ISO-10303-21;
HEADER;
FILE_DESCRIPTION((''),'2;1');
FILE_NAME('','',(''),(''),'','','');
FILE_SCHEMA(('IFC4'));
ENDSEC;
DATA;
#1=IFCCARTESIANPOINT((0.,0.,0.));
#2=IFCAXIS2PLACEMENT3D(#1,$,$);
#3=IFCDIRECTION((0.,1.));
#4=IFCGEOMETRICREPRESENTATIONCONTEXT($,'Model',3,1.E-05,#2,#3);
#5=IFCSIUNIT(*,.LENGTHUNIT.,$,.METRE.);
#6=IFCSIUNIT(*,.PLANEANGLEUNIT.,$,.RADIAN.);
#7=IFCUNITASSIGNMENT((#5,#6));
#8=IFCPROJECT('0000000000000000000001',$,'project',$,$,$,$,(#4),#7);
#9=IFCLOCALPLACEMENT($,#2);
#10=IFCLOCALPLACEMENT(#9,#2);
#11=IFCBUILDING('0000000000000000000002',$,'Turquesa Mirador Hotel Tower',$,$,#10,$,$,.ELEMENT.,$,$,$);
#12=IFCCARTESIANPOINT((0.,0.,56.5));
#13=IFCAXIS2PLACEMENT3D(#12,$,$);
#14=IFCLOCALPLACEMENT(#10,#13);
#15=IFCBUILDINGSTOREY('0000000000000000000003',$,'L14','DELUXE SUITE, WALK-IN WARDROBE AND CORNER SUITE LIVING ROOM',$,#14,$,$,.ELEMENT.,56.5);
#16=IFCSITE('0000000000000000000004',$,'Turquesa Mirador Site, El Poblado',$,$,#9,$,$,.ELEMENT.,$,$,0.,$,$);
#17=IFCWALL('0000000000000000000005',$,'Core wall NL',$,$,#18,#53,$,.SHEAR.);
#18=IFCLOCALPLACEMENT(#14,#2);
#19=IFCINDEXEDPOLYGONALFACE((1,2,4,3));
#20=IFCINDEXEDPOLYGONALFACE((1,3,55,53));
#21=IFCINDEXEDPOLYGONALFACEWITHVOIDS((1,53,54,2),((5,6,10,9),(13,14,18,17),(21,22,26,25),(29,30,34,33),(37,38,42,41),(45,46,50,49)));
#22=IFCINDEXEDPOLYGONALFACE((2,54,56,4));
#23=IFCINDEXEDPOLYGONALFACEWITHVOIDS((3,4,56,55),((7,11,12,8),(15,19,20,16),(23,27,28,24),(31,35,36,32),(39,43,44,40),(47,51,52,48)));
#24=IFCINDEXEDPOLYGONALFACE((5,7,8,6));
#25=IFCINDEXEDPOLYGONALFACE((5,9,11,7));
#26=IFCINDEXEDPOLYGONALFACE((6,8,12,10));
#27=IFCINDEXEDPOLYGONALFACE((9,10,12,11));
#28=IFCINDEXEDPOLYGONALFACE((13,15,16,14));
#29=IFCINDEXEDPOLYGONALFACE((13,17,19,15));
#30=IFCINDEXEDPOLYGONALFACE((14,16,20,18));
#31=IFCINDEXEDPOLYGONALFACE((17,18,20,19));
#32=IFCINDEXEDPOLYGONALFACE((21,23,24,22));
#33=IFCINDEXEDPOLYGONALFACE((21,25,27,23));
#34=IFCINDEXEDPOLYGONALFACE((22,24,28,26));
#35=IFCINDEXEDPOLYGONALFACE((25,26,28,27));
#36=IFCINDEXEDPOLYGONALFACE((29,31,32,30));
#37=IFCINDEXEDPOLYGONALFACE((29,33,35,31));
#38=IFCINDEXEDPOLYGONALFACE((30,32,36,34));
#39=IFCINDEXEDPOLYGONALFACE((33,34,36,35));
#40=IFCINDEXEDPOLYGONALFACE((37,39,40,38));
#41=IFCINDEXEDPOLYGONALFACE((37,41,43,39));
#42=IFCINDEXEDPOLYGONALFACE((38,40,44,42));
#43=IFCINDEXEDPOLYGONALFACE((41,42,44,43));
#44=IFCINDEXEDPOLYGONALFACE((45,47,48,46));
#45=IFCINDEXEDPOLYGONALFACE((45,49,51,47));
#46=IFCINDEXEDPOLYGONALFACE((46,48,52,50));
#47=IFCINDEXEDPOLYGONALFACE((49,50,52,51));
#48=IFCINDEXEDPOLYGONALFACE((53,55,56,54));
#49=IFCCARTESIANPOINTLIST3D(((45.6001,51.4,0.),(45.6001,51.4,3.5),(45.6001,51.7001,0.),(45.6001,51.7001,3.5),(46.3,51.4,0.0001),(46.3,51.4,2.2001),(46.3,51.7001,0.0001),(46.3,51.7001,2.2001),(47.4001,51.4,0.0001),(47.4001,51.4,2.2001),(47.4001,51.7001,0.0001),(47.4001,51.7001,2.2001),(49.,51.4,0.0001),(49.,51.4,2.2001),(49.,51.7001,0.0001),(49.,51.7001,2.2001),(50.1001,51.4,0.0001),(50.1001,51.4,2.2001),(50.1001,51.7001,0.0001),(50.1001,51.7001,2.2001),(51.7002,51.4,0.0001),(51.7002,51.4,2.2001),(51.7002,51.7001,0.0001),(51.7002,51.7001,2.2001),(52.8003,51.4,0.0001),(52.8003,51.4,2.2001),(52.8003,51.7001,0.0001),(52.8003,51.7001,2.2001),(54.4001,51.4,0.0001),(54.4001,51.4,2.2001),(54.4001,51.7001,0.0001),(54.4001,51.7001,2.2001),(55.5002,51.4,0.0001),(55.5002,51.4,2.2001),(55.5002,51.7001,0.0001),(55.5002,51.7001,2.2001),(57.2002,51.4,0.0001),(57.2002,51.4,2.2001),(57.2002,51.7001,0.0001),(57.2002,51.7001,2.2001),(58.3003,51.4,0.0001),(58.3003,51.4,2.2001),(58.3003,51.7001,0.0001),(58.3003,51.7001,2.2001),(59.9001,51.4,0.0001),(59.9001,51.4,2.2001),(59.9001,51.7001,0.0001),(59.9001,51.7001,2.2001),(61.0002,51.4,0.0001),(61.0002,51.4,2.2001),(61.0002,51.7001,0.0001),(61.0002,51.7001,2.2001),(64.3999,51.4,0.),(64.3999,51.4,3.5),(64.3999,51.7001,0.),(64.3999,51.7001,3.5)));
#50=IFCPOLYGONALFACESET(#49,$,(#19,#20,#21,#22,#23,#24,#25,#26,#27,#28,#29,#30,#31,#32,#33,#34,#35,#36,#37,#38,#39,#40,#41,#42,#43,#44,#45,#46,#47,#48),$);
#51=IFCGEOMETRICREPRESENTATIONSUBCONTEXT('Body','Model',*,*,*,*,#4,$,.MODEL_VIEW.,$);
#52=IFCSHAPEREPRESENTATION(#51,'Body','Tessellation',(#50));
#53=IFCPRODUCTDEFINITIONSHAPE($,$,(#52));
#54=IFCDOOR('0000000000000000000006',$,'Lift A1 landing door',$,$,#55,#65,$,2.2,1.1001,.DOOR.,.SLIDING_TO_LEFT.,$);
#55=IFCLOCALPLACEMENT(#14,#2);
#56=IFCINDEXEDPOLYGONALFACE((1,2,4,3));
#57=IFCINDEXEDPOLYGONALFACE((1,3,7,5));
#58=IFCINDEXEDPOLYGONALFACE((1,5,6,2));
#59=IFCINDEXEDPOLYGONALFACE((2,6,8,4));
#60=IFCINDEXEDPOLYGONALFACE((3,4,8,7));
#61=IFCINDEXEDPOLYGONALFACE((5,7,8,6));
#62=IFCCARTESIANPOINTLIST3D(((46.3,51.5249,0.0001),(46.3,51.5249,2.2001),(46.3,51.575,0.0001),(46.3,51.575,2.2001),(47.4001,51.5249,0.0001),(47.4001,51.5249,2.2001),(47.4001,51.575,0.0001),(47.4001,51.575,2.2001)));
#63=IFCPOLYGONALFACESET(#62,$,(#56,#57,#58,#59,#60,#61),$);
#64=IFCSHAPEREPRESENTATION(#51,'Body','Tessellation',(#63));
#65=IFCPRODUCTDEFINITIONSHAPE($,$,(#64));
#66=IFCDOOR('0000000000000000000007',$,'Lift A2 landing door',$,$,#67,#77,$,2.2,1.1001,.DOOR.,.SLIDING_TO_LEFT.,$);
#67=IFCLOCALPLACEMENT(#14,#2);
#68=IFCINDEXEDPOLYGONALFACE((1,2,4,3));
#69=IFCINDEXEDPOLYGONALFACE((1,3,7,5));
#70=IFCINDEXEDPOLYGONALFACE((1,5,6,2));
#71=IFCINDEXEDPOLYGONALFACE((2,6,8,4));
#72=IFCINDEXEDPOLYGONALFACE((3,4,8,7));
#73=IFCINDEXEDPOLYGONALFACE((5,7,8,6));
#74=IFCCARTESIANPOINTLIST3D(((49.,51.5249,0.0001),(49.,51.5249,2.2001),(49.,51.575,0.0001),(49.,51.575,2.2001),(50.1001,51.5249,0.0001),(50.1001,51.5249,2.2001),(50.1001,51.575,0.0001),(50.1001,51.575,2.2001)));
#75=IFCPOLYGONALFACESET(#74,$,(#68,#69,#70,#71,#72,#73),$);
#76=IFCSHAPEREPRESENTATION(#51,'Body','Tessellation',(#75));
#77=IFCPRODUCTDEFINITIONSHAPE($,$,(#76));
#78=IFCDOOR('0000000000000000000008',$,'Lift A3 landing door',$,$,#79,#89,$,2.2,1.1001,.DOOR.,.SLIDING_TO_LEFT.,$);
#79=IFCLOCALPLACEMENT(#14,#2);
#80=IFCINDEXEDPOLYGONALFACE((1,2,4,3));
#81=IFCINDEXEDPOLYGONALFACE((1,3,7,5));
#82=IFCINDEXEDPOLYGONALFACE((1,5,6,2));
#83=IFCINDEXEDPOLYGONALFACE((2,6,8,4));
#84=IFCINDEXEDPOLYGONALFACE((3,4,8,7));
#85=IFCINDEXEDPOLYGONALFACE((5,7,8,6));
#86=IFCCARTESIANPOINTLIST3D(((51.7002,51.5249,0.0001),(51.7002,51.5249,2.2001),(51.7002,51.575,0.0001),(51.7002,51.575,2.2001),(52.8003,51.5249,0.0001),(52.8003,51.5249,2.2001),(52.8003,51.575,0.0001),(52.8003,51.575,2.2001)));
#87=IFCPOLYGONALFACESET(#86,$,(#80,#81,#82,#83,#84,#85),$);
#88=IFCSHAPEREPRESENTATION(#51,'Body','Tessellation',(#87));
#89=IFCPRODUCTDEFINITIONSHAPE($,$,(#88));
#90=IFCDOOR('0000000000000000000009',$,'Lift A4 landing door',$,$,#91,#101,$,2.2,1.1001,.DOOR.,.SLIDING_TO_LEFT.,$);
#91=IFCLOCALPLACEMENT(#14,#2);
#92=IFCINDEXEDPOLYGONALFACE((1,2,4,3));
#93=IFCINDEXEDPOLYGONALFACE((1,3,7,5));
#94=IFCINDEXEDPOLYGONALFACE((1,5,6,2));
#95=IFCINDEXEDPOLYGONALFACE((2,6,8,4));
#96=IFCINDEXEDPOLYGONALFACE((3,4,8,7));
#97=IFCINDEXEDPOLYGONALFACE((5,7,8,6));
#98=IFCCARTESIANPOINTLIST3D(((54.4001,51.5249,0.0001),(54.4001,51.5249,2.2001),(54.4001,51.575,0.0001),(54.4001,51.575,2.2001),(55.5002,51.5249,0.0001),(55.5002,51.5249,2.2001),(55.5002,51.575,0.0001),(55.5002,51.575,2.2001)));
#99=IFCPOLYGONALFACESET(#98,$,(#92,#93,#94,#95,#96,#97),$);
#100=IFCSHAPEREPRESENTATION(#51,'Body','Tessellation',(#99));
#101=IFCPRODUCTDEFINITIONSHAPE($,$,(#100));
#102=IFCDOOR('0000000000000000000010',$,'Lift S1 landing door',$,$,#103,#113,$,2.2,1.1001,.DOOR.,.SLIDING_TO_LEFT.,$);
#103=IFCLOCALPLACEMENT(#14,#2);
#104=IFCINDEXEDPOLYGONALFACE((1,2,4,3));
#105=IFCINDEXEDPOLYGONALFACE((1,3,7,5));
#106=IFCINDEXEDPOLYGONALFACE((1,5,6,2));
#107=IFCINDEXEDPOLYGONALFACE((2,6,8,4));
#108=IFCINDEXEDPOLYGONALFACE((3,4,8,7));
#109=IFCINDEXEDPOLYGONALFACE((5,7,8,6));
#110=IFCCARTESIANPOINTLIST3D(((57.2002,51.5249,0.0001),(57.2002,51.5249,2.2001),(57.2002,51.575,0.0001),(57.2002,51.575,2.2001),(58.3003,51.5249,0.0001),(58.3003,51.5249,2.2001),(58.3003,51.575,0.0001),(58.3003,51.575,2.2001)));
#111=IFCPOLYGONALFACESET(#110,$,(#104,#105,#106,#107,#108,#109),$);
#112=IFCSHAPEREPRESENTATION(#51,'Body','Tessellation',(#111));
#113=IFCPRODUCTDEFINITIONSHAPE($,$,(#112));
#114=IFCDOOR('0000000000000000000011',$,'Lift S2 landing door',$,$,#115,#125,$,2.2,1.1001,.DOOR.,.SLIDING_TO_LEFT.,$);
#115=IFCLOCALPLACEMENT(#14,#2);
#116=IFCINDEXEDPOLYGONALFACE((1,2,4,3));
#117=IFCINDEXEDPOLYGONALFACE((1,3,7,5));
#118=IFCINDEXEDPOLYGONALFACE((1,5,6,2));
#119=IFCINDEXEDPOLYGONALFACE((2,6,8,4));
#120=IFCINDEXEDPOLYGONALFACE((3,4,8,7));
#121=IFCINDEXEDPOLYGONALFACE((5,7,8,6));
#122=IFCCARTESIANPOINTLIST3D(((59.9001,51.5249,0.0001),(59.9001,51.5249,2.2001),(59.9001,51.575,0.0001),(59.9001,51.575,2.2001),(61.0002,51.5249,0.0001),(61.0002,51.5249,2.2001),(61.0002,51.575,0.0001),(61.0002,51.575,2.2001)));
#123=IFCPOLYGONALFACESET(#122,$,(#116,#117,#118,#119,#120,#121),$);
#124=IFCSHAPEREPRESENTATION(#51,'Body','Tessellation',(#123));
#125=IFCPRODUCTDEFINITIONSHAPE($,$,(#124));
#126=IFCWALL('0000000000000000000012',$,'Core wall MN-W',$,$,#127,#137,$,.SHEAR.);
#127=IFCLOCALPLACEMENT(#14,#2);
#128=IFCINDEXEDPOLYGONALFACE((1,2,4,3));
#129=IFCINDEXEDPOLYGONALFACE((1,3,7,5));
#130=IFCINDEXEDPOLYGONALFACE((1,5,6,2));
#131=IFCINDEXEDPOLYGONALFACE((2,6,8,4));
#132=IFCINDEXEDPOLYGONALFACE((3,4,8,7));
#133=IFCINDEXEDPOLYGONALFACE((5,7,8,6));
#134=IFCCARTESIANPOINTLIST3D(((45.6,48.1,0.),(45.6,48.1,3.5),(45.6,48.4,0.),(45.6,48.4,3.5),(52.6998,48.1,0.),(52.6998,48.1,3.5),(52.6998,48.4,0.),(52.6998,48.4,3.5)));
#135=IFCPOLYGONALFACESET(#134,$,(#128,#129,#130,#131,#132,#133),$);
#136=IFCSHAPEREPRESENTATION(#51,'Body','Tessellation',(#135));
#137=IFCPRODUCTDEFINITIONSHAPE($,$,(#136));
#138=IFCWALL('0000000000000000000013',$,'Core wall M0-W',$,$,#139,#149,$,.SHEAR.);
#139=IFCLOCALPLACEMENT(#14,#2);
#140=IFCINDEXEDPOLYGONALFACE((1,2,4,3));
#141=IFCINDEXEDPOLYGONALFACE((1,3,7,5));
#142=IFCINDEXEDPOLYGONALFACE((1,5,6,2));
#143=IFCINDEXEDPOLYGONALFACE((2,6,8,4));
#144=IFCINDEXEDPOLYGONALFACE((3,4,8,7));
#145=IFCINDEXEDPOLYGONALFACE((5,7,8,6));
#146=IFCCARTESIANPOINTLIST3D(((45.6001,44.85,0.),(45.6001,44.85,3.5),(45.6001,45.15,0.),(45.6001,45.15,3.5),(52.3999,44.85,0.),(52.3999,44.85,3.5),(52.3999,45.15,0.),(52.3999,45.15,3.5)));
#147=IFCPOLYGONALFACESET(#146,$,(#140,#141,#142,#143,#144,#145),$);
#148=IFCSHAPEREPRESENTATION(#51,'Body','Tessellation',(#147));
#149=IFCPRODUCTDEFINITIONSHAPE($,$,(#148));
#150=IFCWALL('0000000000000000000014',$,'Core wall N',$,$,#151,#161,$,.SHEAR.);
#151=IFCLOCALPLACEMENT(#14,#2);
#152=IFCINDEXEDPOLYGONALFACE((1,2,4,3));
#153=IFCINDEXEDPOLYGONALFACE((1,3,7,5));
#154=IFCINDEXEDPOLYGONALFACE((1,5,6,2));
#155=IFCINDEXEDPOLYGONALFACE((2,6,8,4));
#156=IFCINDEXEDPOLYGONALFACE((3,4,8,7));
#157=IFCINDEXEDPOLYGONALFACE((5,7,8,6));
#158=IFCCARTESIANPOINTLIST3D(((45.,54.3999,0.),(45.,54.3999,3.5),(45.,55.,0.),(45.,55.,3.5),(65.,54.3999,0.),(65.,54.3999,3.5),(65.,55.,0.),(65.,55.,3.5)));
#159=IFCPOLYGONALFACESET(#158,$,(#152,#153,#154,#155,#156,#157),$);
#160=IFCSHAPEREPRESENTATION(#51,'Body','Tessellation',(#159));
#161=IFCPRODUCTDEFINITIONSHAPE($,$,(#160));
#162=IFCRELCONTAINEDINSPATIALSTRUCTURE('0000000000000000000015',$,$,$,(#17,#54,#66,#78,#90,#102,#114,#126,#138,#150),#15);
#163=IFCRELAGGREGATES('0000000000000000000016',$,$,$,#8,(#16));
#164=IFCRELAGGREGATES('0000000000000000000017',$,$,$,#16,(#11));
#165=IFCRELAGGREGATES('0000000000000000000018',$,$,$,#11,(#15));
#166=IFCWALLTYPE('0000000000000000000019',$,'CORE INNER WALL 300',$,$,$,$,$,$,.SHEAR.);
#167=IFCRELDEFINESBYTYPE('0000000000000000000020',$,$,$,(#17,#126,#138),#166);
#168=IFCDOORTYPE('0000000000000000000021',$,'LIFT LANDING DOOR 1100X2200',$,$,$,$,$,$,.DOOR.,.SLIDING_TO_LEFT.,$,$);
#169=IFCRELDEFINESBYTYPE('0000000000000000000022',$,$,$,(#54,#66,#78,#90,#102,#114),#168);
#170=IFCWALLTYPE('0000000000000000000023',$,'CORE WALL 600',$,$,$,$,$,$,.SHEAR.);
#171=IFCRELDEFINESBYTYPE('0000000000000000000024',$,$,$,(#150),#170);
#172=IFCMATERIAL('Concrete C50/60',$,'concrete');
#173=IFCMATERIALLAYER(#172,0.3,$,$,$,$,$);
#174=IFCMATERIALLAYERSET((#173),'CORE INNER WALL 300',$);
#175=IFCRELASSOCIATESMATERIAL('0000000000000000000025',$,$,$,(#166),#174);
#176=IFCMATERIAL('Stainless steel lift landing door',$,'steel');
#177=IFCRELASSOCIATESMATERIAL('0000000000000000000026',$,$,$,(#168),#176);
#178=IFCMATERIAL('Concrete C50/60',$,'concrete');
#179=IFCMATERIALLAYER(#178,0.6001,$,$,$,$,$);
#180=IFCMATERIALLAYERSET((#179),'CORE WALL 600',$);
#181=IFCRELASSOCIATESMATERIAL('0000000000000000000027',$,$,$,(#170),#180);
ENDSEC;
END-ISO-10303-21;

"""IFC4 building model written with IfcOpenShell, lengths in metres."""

from ifc_helpers import new_model, si_unit, direction, frame, frame_2d, origin, place, context, subcontext, project, spatial, rectangle, extrude, material, layer, layer_set, type_object, element, fill, save


model = new_model("IFC4")

# Units and contexts
model_context = context("Model", 3, precision=1e-05, world=origin(), true_north=direction((0.0, 1.0)))
body_context = subcontext(model_context, "Body", "Model", "MODEL_VIEW")
ifc_project = project(units=[si_unit("LENGTHUNIT", "METRE"), si_unit("PLANEANGLEUNIT", "RADIAN")], contexts=[model_context])

# Site, building, storey
site_placement = place(None, origin())
site = spatial("IfcSite", under=ifc_project, at=site_placement, Name="Turquesa Mirador Site, El Poblado", CompositionType="ELEMENT", RefElevation=0.0)
building_placement = place(site_placement, origin())
building = spatial("IfcBuilding", under=site, at=building_placement, Name="Turquesa Mirador Hotel Tower", CompositionType="ELEMENT")
storey_placement = place(building_placement, frame((0.0, 0.0, 56.5)))
storey = spatial("IfcBuildingStorey", under=building, at=storey_placement, Name="L14", Description="DELUXE SUITE, WALK-IN WARDROBE AND CORNER SUITE LIVING ROOM", CompositionType="ELEMENT", Elevation=56.5)

# Wall, openings, doors
ifc_material_1 = material(Name="Concrete C50/60", Category="concrete")
ifc_layer_1 = layer(ifc_material_1, 0.3)
ifc_layer_set_1 = layer_set([ifc_layer_1], Name="CORE INNER WALL 300")
wall_type_1 = type_object("IfcWallType", Name="CORE INNER WALL 300", PredefinedType="SHEAR", material=ifc_layer_set_1)
wall_1_placement = place(storey_placement, frame((45.6001, 51.55, 0.0), z_axis=(0.0, 0.0, 1.0), x_axis=(1.0, 0.0, 0.0)))
wall_1 = element("IfcWall", 1, at=wall_1_placement, inside=storey, type_object=wall_type_1, Name="Core wall NL", PredefinedType="SHEAR", context=body_context, shape_type="SweptSolid", body=[
    extrude(rectangle(XDim=18.7998, YDim=0.3, at=frame_2d((9.3999, 0.0))), origin(), (0.0, 0.0, 1.0), 3.5),
])
opening_1_placement = place(wall_1_placement, frame((0.7, 0.0, 0.0)))
opening_1 = element("IfcOpeningElement", 2, at=opening_1_placement, cuts=wall_1, PredefinedType="OPENING", context=body_context, shape_type="SweptSolid", body=[
    extrude(rectangle(XDim=1.1001, YDim=2.2, at=frame_2d((0.55, 1.1001))), frame((0.0, 0.1599, 0.0), z_axis=(0.0, -1.0, 0.0), x_axis=(1.0, 0.0, 0.0)), (0.0, 0.0, 1.0), 0.3201),
])
opening_2_placement = place(wall_1_placement, frame((3.3999, 0.0, 0.0)))
opening_2 = element("IfcOpeningElement", 3, at=opening_2_placement, cuts=wall_1, PredefinedType="OPENING", context=body_context, shape_type="SweptSolid", body=[
    extrude(rectangle(XDim=1.1001, YDim=2.2, at=frame_2d((0.55, 1.1001))), frame((0.0, 0.1599, 0.0), z_axis=(0.0, -1.0, 0.0), x_axis=(1.0, 0.0, 0.0)), (0.0, 0.0, 1.0), 0.3201),
])
opening_3_placement = place(wall_1_placement, frame((6.1001, 0.0, 0.0)))
opening_3 = element("IfcOpeningElement", 4, at=opening_3_placement, cuts=wall_1, PredefinedType="OPENING", context=body_context, shape_type="SweptSolid", body=[
    extrude(rectangle(XDim=1.1001, YDim=2.2, at=frame_2d((0.55, 1.1001))), frame((0.0, 0.1599, 0.0), z_axis=(0.0, -1.0, 0.0), x_axis=(1.0, 0.0, 0.0)), (0.0, 0.0, 1.0), 0.3201),
])
opening_4_placement = place(wall_1_placement, frame((8.8, 0.0, 0.0)))
opening_4 = element("IfcOpeningElement", 5, at=opening_4_placement, cuts=wall_1, PredefinedType="OPENING", context=body_context, shape_type="SweptSolid", body=[
    extrude(rectangle(XDim=1.1001, YDim=2.2, at=frame_2d((0.55, 1.1001))), frame((0.0, 0.1599, 0.0), z_axis=(0.0, -1.0, 0.0), x_axis=(1.0, 0.0, 0.0)), (0.0, 0.0, 1.0), 0.3201),
])
opening_5_placement = place(wall_1_placement, frame((11.6001, 0.0, 0.0)))
opening_5 = element("IfcOpeningElement", 6, at=opening_5_placement, cuts=wall_1, PredefinedType="OPENING", context=body_context, shape_type="SweptSolid", body=[
    extrude(rectangle(XDim=1.1001, YDim=2.2, at=frame_2d((0.55, 1.1001))), frame((0.0, 0.1599, 0.0), z_axis=(0.0, -1.0, 0.0), x_axis=(1.0, 0.0, 0.0)), (0.0, 0.0, 1.0), 0.3201),
])
opening_6_placement = place(wall_1_placement, frame((14.3, 0.0, 0.0)))
opening_6 = element("IfcOpeningElement", 7, at=opening_6_placement, cuts=wall_1, PredefinedType="OPENING", context=body_context, shape_type="SweptSolid", body=[
    extrude(rectangle(XDim=1.1001, YDim=2.2, at=frame_2d((0.55, 1.1001))), frame((0.0, 0.1599, 0.0), z_axis=(0.0, -1.0, 0.0), x_axis=(1.0, 0.0, 0.0)), (0.0, 0.0, 1.0), 0.3201),
])
ifc_material_2 = material(Name="Stainless steel lift landing door", Category="steel")
door_type_1 = type_object("IfcDoorType", Name="LIFT LANDING DOOR 1100X2200", OperationType="SLIDING_TO_LEFT", PredefinedType="DOOR", material=ifc_material_2)
door_1_placement = place(opening_1_placement, origin())
door_1 = element("IfcDoor", 8, at=door_1_placement, inside=storey, type_object=door_type_1, Name="Lift A1 landing door", OperationType="SLIDING_TO_LEFT", OverallHeight=2.2, OverallWidth=1.1001, PredefinedType="DOOR", context=body_context, shape_type="SweptSolid", body=[
    extrude(rectangle(XDim=1.1001, YDim=2.2, at=frame_2d((0.55, 1.1001))), frame((0.0, 0.0249, 0.0), z_axis=(0.0, -1.0, 0.0), x_axis=(1.0, 0.0, 0.0)), (0.0, 0.0, 1.0), 0.05),
])
fill(opening_1, door_1)
door_2_placement = place(opening_2_placement, origin())
door_2 = element("IfcDoor", 9, at=door_2_placement, inside=storey, type_object=door_type_1, Name="Lift A2 landing door", OperationType="SLIDING_TO_LEFT", OverallHeight=2.2, OverallWidth=1.1001, PredefinedType="DOOR", context=body_context, shape_type="SweptSolid", body=[
    extrude(rectangle(XDim=1.1001, YDim=2.2, at=frame_2d((0.55, 1.1001))), frame((0.0, 0.0249, 0.0), z_axis=(0.0, -1.0, 0.0), x_axis=(1.0, 0.0, 0.0)), (0.0, 0.0, 1.0), 0.05),
])
fill(opening_2, door_2)
door_3_placement = place(opening_3_placement, origin())
door_3 = element("IfcDoor", 10, at=door_3_placement, inside=storey, type_object=door_type_1, Name="Lift A3 landing door", OperationType="SLIDING_TO_LEFT", OverallHeight=2.2, OverallWidth=1.1001, PredefinedType="DOOR", context=body_context, shape_type="SweptSolid", body=[
    extrude(rectangle(XDim=1.1001, YDim=2.2, at=frame_2d((0.55, 1.1001))), frame((0.0, 0.0249, 0.0), z_axis=(0.0, -1.0, 0.0), x_axis=(1.0, 0.0, 0.0)), (0.0, 0.0, 1.0), 0.05),
])
fill(opening_3, door_3)
door_4_placement = place(opening_4_placement, origin())
door_4 = element("IfcDoor", 11, at=door_4_placement, inside=storey, type_object=door_type_1, Name="Lift A4 landing door", OperationType="SLIDING_TO_LEFT", OverallHeight=2.2, OverallWidth=1.1001, PredefinedType="DOOR", context=body_context, shape_type="SweptSolid", body=[
    extrude(rectangle(XDim=1.1001, YDim=2.2, at=frame_2d((0.55, 1.1001))), frame((0.0, 0.0249, 0.0), z_axis=(0.0, -1.0, 0.0), x_axis=(1.0, 0.0, 0.0)), (0.0, 0.0, 1.0), 0.05),
])
fill(opening_4, door_4)
door_5_placement = place(opening_5_placement, origin())
door_5 = element("IfcDoor", 12, at=door_5_placement, inside=storey, type_object=door_type_1, Name="Lift S1 landing door", OperationType="SLIDING_TO_LEFT", OverallHeight=2.2, OverallWidth=1.1001, PredefinedType="DOOR", context=body_context, shape_type="SweptSolid", body=[
    extrude(rectangle(XDim=1.1001, YDim=2.2, at=frame_2d((0.55, 1.1001))), frame((0.0, 0.0249, 0.0), z_axis=(0.0, -1.0, 0.0), x_axis=(1.0, 0.0, 0.0)), (0.0, 0.0, 1.0), 0.05),
])
fill(opening_5, door_5)
door_6_placement = place(opening_6_placement, origin())
door_6 = element("IfcDoor", 13, at=door_6_placement, inside=storey, type_object=door_type_1, Name="Lift S2 landing door", OperationType="SLIDING_TO_LEFT", OverallHeight=2.2, OverallWidth=1.1001, PredefinedType="DOOR", context=body_context, shape_type="SweptSolid", body=[
    extrude(rectangle(XDim=1.1001, YDim=2.2, at=frame_2d((0.55, 1.1001))), frame((0.0, 0.0249, 0.0), z_axis=(0.0, -1.0, 0.0), x_axis=(1.0, 0.0, 0.0)), (0.0, 0.0, 1.0), 0.05),
])
fill(opening_6, door_6)

# Walls
wall_2_placement = place(storey_placement, frame((45.6001, 48.25, 0.0), z_axis=(0.0, 0.0, 1.0), x_axis=(1.0, 0.0, 0.0)))
element("IfcWall", 14, at=wall_2_placement, inside=storey, type_object=wall_type_1, Name="Core wall MN-W", PredefinedType="SHEAR", context=body_context, shape_type="SweptSolid", body=[
    extrude(rectangle(XDim=7.0999, YDim=0.3, at=frame_2d((3.5498, 0.0))), origin(), (0.0, 0.0, 1.0), 3.5),
])
wall_3_placement = place(storey_placement, frame((45.6001, 45.0, 0.0), z_axis=(0.0, 0.0, 1.0), x_axis=(1.0, 0.0, 0.0)))
element("IfcWall", 15, at=wall_3_placement, inside=storey, type_object=wall_type_1, Name="Core wall M0-W", PredefinedType="SHEAR", context=body_context, shape_type="SweptSolid", body=[
    extrude(rectangle(XDim=6.7998, YDim=0.3, at=frame_2d((3.3999, 0.0))), origin(), (0.0, 0.0, 1.0), 3.5),
])
ifc_material_3 = material(Name="Concrete C50/60", Category="concrete")
ifc_layer_2 = layer(ifc_material_3, 0.6001)
ifc_layer_set_2 = layer_set([ifc_layer_2], Name="CORE WALL 600")
wall_type_2 = type_object("IfcWallType", Name="CORE WALL 600", PredefinedType="SHEAR", material=ifc_layer_set_2)
wall_4_placement = place(storey_placement, frame((45.0, 54.7, 0.0), z_axis=(0.0, 0.0, 1.0), x_axis=(1.0, 0.0, 0.0)))
element("IfcWall", 16, at=wall_4_placement, inside=storey, type_object=wall_type_2, Name="Core wall N", PredefinedType="SHEAR", context=body_context, shape_type="SweptSolid", body=[
    extrude(rectangle(XDim=20.0, YDim=0.6001, at=frame_2d((10.0, 0.0))), origin(), (0.0, 0.0, 1.0), 3.5),
])

save(model, "model.ifc")
